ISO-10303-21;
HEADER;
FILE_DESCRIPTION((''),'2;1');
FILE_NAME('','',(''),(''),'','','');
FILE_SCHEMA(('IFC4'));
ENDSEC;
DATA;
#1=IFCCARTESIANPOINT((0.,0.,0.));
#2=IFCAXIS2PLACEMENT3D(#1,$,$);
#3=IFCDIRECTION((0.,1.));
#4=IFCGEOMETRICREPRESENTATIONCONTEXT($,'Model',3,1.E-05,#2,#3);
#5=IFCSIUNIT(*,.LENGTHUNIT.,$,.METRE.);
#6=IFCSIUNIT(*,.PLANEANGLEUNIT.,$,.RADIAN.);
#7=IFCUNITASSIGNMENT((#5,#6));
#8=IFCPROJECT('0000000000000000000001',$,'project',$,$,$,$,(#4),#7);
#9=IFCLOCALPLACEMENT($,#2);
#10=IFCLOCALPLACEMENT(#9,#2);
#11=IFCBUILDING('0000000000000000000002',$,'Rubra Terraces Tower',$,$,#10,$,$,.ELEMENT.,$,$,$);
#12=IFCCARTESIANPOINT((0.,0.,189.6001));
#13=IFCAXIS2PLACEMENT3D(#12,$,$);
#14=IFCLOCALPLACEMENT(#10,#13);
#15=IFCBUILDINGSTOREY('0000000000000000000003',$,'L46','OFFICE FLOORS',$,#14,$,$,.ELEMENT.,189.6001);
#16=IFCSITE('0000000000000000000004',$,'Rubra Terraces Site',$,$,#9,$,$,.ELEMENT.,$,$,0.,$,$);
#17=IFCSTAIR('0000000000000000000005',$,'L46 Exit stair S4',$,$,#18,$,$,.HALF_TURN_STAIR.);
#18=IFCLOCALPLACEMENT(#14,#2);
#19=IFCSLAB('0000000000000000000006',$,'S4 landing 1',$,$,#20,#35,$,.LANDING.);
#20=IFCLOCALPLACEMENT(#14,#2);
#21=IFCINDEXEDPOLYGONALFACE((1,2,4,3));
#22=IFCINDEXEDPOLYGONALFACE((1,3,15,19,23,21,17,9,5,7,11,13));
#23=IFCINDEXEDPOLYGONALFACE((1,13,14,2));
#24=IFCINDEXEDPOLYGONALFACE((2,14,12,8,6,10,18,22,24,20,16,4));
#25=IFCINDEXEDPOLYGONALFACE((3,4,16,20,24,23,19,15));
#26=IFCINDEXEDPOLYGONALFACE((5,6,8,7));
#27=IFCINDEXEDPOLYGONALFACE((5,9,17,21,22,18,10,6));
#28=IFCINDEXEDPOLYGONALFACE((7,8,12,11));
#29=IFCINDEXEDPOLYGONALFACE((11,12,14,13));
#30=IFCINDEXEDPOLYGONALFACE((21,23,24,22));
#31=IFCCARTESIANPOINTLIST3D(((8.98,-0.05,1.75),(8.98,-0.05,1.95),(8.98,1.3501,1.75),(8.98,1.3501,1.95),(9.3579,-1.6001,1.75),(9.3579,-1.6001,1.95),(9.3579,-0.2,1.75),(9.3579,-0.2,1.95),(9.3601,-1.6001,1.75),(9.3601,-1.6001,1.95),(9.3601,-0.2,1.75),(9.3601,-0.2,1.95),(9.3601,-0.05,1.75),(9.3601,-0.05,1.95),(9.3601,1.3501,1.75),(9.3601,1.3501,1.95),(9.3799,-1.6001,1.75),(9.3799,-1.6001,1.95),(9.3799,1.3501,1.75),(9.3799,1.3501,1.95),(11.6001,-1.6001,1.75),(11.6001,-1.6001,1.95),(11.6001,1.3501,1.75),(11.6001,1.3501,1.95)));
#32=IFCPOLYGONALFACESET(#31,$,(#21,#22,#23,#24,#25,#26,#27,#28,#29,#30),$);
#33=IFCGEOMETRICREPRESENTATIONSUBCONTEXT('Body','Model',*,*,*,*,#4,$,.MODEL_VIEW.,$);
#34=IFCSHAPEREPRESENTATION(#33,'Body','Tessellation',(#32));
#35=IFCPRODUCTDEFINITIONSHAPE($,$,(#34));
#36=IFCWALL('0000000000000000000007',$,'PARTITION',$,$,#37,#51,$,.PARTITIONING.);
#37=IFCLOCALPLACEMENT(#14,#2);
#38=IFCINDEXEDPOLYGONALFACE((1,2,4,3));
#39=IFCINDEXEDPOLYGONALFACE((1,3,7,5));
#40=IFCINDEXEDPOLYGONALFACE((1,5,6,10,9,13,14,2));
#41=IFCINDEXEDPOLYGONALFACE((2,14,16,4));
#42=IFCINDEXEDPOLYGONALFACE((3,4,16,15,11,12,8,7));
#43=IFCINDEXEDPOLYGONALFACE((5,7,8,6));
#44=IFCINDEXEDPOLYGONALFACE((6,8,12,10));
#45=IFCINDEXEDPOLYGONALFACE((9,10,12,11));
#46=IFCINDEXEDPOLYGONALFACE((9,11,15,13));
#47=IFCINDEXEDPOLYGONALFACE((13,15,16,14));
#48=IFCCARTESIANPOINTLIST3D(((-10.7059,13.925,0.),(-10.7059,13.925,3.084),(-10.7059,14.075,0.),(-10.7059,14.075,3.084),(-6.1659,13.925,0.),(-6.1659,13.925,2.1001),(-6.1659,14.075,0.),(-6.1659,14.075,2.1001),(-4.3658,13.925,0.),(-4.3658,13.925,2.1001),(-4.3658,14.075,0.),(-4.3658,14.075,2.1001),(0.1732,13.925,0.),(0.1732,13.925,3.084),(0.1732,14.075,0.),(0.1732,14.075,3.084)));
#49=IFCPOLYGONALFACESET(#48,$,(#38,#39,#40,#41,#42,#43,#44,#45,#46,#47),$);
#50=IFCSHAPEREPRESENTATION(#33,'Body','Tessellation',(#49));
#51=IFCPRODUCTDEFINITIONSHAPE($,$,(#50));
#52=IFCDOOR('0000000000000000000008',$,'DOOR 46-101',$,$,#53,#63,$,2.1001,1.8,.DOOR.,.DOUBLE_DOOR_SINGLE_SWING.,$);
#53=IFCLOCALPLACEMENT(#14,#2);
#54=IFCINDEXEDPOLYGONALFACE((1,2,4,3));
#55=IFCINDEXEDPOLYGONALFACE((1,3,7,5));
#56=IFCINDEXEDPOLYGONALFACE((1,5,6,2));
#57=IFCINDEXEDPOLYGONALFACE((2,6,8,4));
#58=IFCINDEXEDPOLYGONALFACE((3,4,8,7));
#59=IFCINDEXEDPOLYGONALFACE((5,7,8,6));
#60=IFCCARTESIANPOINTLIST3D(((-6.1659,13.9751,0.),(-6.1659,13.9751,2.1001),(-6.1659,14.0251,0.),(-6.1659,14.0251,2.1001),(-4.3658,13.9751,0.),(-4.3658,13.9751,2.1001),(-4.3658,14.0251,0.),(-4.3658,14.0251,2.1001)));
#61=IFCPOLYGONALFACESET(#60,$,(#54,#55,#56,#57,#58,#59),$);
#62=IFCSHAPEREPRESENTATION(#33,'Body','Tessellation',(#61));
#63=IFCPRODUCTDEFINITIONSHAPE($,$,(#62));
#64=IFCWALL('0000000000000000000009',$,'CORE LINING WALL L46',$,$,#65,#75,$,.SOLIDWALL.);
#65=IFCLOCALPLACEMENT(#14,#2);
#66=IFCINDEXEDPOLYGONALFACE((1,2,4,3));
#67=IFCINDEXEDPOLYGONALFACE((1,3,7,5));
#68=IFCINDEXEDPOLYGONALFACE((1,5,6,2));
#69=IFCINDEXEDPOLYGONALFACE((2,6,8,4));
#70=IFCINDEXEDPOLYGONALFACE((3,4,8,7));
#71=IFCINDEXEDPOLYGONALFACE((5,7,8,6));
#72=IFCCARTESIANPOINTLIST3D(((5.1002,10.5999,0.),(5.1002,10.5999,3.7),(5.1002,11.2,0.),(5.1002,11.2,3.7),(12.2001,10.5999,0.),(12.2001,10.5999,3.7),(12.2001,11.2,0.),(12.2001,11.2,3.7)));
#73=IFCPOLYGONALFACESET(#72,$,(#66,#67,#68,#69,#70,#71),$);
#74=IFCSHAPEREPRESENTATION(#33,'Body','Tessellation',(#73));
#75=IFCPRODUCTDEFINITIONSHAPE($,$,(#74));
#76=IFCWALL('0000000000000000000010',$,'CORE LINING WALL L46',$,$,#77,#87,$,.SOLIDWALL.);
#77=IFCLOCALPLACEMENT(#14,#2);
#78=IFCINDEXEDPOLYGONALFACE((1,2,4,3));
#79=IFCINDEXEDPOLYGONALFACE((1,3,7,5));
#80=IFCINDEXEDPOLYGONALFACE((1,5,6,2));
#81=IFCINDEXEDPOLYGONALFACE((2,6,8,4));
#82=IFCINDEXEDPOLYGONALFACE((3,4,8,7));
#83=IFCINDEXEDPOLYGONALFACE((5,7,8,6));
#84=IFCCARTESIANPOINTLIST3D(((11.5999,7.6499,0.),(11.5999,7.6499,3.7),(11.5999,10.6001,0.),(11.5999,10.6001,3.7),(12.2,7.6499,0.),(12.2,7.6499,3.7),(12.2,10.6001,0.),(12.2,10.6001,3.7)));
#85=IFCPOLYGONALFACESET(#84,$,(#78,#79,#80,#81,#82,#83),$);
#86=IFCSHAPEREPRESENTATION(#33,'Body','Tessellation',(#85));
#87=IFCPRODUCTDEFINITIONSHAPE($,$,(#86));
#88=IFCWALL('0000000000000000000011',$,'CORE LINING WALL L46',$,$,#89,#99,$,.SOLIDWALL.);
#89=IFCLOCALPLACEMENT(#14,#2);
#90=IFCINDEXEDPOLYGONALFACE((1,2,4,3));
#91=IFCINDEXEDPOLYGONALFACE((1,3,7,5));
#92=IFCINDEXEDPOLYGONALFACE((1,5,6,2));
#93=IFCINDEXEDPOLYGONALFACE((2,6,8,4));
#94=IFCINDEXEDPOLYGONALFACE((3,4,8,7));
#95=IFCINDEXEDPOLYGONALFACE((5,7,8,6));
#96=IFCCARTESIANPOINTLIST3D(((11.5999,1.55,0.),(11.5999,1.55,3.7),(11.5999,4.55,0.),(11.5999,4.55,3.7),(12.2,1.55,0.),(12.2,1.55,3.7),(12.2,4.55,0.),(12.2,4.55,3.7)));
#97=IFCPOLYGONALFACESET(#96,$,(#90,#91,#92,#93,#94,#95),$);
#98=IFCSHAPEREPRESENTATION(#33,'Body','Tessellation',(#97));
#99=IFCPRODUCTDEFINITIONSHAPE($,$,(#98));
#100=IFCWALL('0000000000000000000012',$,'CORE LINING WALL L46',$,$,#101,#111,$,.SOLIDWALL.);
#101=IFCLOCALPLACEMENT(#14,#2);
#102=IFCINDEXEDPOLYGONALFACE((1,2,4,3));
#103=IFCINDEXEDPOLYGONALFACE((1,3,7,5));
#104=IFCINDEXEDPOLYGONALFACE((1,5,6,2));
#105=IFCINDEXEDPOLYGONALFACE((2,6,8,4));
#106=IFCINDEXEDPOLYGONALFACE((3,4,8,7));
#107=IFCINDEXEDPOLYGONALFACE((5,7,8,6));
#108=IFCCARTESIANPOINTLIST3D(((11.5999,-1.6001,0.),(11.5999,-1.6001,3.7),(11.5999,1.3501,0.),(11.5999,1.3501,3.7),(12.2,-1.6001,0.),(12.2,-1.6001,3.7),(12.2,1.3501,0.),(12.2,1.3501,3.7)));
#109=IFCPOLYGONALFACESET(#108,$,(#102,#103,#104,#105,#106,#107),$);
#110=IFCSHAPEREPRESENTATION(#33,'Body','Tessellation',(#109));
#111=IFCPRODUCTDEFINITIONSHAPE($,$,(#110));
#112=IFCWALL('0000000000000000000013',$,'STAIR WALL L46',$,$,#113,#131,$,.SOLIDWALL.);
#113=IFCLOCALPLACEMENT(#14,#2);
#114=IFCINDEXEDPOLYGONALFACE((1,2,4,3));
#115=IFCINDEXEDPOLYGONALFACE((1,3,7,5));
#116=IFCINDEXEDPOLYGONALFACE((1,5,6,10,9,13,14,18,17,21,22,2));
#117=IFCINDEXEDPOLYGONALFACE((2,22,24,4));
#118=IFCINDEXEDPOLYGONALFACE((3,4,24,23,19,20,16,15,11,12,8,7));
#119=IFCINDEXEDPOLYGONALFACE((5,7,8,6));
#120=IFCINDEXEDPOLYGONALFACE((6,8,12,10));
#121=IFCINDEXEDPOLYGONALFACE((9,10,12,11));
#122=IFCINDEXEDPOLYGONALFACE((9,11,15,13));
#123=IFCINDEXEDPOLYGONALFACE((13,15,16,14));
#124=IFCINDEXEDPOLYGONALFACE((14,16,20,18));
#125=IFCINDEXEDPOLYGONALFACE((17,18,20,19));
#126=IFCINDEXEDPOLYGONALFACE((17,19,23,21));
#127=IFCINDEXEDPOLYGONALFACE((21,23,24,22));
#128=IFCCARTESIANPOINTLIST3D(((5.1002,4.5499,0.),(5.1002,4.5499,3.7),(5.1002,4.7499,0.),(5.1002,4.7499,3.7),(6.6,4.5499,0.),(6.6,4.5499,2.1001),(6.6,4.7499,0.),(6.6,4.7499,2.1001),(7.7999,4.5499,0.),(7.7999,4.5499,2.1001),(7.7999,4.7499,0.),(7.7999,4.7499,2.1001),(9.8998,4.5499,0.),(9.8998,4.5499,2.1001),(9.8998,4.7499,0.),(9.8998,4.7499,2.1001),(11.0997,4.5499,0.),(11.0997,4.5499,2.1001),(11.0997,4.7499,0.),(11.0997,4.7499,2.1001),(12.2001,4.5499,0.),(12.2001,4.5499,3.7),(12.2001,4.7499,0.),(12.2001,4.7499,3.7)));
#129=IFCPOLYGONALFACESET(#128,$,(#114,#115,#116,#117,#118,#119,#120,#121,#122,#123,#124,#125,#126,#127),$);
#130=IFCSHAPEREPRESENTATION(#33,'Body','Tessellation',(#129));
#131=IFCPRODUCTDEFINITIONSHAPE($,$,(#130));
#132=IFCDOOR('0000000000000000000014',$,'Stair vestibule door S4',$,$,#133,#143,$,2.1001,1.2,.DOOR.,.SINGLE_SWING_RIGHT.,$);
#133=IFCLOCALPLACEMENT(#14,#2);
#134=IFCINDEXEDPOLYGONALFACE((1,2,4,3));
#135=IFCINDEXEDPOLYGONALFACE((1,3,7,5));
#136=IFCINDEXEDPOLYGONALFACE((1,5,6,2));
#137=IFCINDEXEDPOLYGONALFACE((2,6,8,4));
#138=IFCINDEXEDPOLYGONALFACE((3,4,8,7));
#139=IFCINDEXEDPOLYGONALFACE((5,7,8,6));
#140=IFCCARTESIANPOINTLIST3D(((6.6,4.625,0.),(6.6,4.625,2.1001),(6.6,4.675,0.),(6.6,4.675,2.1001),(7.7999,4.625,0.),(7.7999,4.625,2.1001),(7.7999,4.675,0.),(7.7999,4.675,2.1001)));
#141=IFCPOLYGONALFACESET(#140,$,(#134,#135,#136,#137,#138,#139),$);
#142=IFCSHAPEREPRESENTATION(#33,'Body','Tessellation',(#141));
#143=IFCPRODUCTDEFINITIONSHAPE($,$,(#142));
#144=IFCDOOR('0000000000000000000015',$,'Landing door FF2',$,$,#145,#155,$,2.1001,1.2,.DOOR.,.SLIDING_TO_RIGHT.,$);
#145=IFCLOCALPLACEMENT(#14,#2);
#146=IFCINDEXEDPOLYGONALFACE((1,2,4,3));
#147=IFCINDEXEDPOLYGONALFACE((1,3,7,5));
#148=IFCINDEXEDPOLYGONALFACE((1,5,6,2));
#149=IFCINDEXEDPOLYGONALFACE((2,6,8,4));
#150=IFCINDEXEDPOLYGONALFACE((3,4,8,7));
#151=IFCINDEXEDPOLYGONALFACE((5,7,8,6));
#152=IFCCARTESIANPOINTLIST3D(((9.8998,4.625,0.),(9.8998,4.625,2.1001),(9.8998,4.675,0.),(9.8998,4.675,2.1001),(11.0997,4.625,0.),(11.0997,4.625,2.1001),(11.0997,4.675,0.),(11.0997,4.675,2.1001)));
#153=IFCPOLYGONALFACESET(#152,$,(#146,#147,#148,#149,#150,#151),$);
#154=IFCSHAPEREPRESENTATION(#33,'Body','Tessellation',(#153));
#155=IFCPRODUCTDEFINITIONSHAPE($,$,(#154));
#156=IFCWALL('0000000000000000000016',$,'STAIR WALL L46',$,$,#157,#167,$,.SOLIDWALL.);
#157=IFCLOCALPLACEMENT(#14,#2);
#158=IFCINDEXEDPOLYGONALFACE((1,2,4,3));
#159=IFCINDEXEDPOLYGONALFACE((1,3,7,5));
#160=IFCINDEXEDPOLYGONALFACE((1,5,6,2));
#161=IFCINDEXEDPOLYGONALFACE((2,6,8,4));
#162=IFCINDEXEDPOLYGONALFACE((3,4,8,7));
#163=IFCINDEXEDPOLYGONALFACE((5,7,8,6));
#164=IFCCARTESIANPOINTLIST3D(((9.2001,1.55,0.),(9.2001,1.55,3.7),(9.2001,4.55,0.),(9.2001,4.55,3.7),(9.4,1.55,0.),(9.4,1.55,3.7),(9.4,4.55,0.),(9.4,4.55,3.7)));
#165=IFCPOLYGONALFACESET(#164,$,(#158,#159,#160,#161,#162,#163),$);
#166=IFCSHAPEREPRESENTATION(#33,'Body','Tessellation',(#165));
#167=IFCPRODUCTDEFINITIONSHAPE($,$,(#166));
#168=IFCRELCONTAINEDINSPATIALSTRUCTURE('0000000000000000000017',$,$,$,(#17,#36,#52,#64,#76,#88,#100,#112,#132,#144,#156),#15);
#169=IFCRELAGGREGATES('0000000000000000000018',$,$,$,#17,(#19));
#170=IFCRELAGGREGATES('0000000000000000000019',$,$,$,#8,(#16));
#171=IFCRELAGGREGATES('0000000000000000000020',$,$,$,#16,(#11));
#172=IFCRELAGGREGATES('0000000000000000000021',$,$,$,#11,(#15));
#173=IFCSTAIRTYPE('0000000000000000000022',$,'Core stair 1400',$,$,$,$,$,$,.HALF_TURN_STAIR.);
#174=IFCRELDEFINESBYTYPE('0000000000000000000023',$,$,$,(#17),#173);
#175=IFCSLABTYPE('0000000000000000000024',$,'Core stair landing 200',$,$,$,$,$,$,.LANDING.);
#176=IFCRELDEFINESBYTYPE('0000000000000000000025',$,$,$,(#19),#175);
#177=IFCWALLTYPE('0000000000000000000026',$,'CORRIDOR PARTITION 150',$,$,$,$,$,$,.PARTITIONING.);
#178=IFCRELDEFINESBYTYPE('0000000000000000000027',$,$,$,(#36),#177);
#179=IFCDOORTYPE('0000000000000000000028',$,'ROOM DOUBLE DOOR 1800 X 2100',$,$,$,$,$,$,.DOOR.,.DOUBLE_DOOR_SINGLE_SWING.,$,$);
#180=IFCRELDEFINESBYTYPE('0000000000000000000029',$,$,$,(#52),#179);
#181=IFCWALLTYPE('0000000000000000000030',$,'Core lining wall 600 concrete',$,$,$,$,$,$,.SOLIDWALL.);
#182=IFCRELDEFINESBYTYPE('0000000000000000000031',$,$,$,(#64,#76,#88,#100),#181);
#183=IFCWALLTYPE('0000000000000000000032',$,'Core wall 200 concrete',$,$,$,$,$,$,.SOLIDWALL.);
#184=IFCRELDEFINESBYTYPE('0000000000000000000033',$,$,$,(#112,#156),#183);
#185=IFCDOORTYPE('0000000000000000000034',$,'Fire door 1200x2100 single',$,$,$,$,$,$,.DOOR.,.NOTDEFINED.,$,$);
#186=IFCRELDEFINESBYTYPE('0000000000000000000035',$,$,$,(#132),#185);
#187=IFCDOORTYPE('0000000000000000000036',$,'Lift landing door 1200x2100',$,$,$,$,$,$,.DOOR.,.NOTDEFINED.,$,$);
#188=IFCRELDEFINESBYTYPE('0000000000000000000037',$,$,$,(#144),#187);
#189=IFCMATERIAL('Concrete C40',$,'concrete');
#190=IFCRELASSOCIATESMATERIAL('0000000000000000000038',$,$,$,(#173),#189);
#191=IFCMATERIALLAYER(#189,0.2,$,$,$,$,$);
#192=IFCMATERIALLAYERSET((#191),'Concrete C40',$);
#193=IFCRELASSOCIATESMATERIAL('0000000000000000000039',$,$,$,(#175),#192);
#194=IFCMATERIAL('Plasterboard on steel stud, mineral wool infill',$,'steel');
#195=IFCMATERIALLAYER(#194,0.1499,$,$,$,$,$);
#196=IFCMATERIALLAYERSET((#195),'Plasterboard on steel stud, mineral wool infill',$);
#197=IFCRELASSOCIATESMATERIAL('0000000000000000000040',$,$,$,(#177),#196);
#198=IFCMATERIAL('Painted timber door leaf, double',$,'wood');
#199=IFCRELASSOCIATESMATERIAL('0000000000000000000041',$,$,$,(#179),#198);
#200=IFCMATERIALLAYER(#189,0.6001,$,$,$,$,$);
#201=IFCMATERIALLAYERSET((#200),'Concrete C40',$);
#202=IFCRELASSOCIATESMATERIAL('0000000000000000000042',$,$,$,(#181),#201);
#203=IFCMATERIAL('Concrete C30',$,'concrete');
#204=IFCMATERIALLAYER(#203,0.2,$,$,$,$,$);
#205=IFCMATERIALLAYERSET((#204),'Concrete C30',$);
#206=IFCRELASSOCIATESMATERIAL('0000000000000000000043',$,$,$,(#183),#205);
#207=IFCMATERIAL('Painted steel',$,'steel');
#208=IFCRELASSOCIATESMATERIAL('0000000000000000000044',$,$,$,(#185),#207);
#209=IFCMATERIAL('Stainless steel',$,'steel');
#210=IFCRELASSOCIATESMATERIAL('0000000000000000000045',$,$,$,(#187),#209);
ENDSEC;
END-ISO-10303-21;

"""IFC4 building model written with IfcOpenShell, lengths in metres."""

from ifc_helpers import new_model, si_unit, direction, frame, frame_2d, origin, place, context, subcontext, project, spatial, polyline, rectangle, outline, extrude, material, layer, layer_set, type_object, element, fill, aggregate, save


model = new_model("IFC4")

# Units and contexts
model_context = context("Model", 3, precision=1e-05, world=origin(), true_north=direction((0.0, 1.0)))
body_context = subcontext(model_context, "Body", "Model", "MODEL_VIEW")
ifc_project = project(units=[si_unit("LENGTHUNIT", "METRE"), si_unit("PLANEANGLEUNIT", "RADIAN")], contexts=[model_context])

# Site, building, storey
site_placement = place(None, origin())
site = spatial("IfcSite", under=ifc_project, at=site_placement, Name="Rubra Terraces Site", CompositionType="ELEMENT", RefElevation=0.0)
building_placement = place(site_placement, origin())
building = spatial("IfcBuilding", under=site, at=building_placement, Name="Rubra Terraces Tower", CompositionType="ELEMENT")
storey_placement = place(building_placement, frame((0.0, 0.0, 189.6001)))
storey = spatial("IfcBuildingStorey", under=building, at=storey_placement, Name="L46", Description="OFFICE FLOORS", CompositionType="ELEMENT", Elevation=189.6001)

# Stair, slab
ifc_material_1 = material(Name="Concrete C40", Category="concrete")
stair_type = type_object("IfcStairType", Name="Core stair 1400", PredefinedType="HALF_TURN_STAIR", material=ifc_material_1)
stair_1_placement = place(storey_placement, origin())
stair_1 = element("IfcStair", 1, at=stair_1_placement, inside=storey, type_object=stair_type, Name="L46 Exit stair S4", PredefinedType="HALF_TURN_STAIR")
ifc_layer_1 = layer(ifc_material_1, 0.2)
ifc_layer_set_1 = layer_set([ifc_layer_1], Name="Concrete C40")
slab_type = type_object("IfcSlabType", Name="Core stair landing 200", PredefinedType="LANDING", material=ifc_layer_set_1)
slab_placement = place(storey_placement, frame((0.0, 0.0, 1.75)))
slab = element("IfcSlab", 2, at=slab_placement, type_object=slab_type, Name="S4 landing 1", PredefinedType="LANDING", context=body_context, shape_type="SweptSolid", body=[
    extrude(outline(polyline([(9.3601, -0.2), (9.3601, -0.05), (8.98, -0.05), (8.98, 1.3501), (9.3601, 1.3501), (9.3799, 1.3501), (11.6001, 1.3501), (11.6001, -1.6001), (9.3799, -1.6001), (9.3601, -1.6001), (9.3579, -1.6001), (9.3579, -0.2), (9.3601, -0.2)])), origin(), (0.0, 0.0, 1.0), 0.2),
])

# Wall, opening, door
ifc_material_2 = material(Name="Plasterboard on steel stud, mineral wool infill", Category="steel")
ifc_layer_2 = layer(ifc_material_2, 0.1499)
ifc_layer_set_2 = layer_set([ifc_layer_2], Name="Plasterboard on steel stud, mineral wool infill")
wall_type_1 = type_object("IfcWallType", Name="CORRIDOR PARTITION 150", PredefinedType="PARTITIONING", material=ifc_layer_set_2)
wall_1_placement = place(storey_placement, frame((0.1731, 14.0, 0.0), z_axis=(0.0, 0.0, 1.0), x_axis=(-1.0, 0.0, 0.0)))
wall_1 = element("IfcWall", 3, at=wall_1_placement, inside=storey, type_object=wall_type_1, Name="PARTITION", PredefinedType="PARTITIONING", context=body_context, shape_type="SweptSolid", body=[
    extrude(rectangle(XDim=10.8792, YDim=0.1499, at=frame_2d((5.4395, 0.0))), origin(), (0.0, 0.0, 1.0), 3.084),
])
opening_1_placement = place(wall_1_placement, frame((4.5391, 0.0, 0.0)))
opening_1 = element("IfcOpeningElement", 4, at=opening_1_placement, cuts=wall_1, PredefinedType="OPENING", context=body_context, shape_type="SweptSolid", body=[
    extrude(rectangle(XDim=1.8, YDim=2.1001, at=frame_2d((0.8999, 1.05))), frame((0.0, 0.085, 0.0), z_axis=(0.0, -1.0, 0.0), x_axis=(1.0, 0.0, 0.0)), (0.0, 0.0, 1.0), 0.1699),
])
ifc_material_3 = material(Name="Painted timber door leaf, double", Category="wood")
door_type_1 = type_object("IfcDoorType", Name="ROOM DOUBLE DOOR 1800 X 2100", OperationType="DOUBLE_DOOR_SINGLE_SWING", PredefinedType="DOOR", material=ifc_material_3)
door_1_placement = place(opening_1_placement, origin())
door_1 = element("IfcDoor", 5, at=door_1_placement, inside=storey, type_object=door_type_1, Name="DOOR 46-101", OperationType="DOUBLE_DOOR_SINGLE_SWING", OverallHeight=2.1001, OverallWidth=1.8, PredefinedType="DOOR", context=body_context, shape_type="SweptSolid", body=[
    extrude(rectangle(XDim=1.8, YDim=2.1001, at=frame_2d((0.8999, 1.05))), frame((0.0, 0.0249, 0.0), z_axis=(0.0, -1.0, 0.0), x_axis=(1.0, 0.0, 0.0)), (0.0, 0.0, 1.0), 0.05),
])
fill(opening_1, door_1)

# Walls
ifc_layer_3 = layer(ifc_material_1, 0.6001)
ifc_layer_set_3 = layer_set([ifc_layer_3], Name="Concrete C40")
wall_type_2 = type_object("IfcWallType", Name="Core lining wall 600 concrete", PredefinedType="SOLIDWALL", material=ifc_layer_set_3)
wall_2_placement = place(storey_placement, frame((12.2, 10.8999, 0.0), z_axis=(0.0, 0.0, 1.0), x_axis=(-1.0, 0.0, 0.0)))
element("IfcWall", 6, at=wall_2_placement, inside=storey, type_object=wall_type_2, Name="CORE LINING WALL L46", PredefinedType="SOLIDWALL", context=body_context, shape_type="SweptSolid", body=[
    extrude(rectangle(XDim=7.0999, YDim=0.6001, at=frame_2d((3.5498, 0.0))), origin(), (0.0, 0.0, 1.0), 3.7),
])
wall_3_placement = place(storey_placement, frame((11.8999, 10.6001, 0.0), z_axis=(0.0, 0.0, 1.0), x_axis=(0.0, -1.0, 0.0)))
element("IfcWall", 7, at=wall_3_placement, inside=storey, type_object=wall_type_2, Name="CORE LINING WALL L46", PredefinedType="SOLIDWALL", context=body_context, shape_type="SweptSolid", body=[
    extrude(rectangle(XDim=2.9502, YDim=0.6001, at=frame_2d((1.4751, 0.0))), origin(), (0.0, 0.0, 1.0), 3.7),
])
wall_4_placement = place(storey_placement, frame((11.8999, 4.55, 0.0), z_axis=(0.0, 0.0, 1.0), x_axis=(0.0, -1.0, 0.0)))
element("IfcWall", 8, at=wall_4_placement, inside=storey, type_object=wall_type_2, Name="CORE LINING WALL L46", PredefinedType="SOLIDWALL", context=body_context, shape_type="SweptSolid", body=[
    extrude(rectangle(XDim=3.0, YDim=0.6001, at=frame_2d((1.5, 0.0))), origin(), (0.0, 0.0, 1.0), 3.7),
])
wall_5_placement = place(storey_placement, frame((11.8999, 1.3501, 0.0), z_axis=(0.0, 0.0, 1.0), x_axis=(0.0, -1.0, 0.0)))
element("IfcWall", 9, at=wall_5_placement, inside=storey, type_object=wall_type_2, Name="CORE LINING WALL L46", PredefinedType="SOLIDWALL", context=body_context, shape_type="SweptSolid", body=[
    extrude(rectangle(XDim=2.9502, YDim=0.6001, at=frame_2d((1.4751, 0.0))), origin(), (0.0, 0.0, 1.0), 3.7),
])

# Wall, openings, doors
ifc_material_4 = material(Name="Concrete C30", Category="concrete")
ifc_layer_4 = layer(ifc_material_4, 0.2)
ifc_layer_set_4 = layer_set([ifc_layer_4], Name="Concrete C30")
wall_type_3 = type_object("IfcWallType", Name="Core wall 200 concrete", PredefinedType="SOLIDWALL", material=ifc_layer_set_4)
wall_6_placement = place(storey_placement, frame((12.2, 4.6499, 0.0), z_axis=(0.0, 0.0, 1.0), x_axis=(-1.0, 0.0, 0.0)))
wall_6 = element("IfcWall", 10, at=wall_6_placement, inside=storey, type_object=wall_type_3, Name="STAIR WALL L46", PredefinedType="SOLIDWALL", context=body_context, shape_type="SweptSolid", body=[
    extrude(rectangle(XDim=7.0999, YDim=0.2, at=frame_2d((3.5498, 0.0))), origin(), (0.0, 0.0, 1.0), 3.7),
])
opening_2_placement = place(wall_6_placement, frame((4.3999, 0.0, 0.0)))
opening_2 = element("IfcOpeningElement", 11, at=opening_2_placement, cuts=wall_6, PredefinedType="OPENING", context=body_context, shape_type="SweptSolid", body=[
    extrude(rectangle(XDim=1.2, YDim=2.1001, at=frame_2d((0.6001, 1.05))), frame((0.0, 0.1099, 0.0), z_axis=(0.0, -1.0, 0.0), x_axis=(1.0, 0.0, 0.0)), (0.0, 0.0, 1.0), 0.22),
])
opening_3_placement = place(wall_6_placement, frame((1.1001, 0.0, 0.0)))
opening_3 = element("IfcOpeningElement", 12, at=opening_3_placement, cuts=wall_6, PredefinedType="OPENING", context=body_context, shape_type="SweptSolid", body=[
    extrude(rectangle(XDim=1.2, YDim=2.1001, at=frame_2d((0.6001, 1.05))), frame((0.0, 0.1099, 0.0), z_axis=(0.0, -1.0, 0.0), x_axis=(1.0, 0.0, 0.0)), (0.0, 0.0, 1.0), 0.22),
])
ifc_material_5 = material(Name="Painted steel", Category="steel")
door_type_2 = type_object("IfcDoorType", Name="Fire door 1200x2100 single", OperationType="NOTDEFINED", PredefinedType="DOOR", material=ifc_material_5)
door_2_placement = place(opening_2_placement, origin())
door_2 = element("IfcDoor", 13, at=door_2_placement, inside=storey, type_object=door_type_2, Name="Stair vestibule door S4", OperationType="SINGLE_SWING_RIGHT", OverallHeight=2.1001, OverallWidth=1.2, PredefinedType="DOOR", context=body_context, shape_type="SweptSolid", body=[
    extrude(rectangle(XDim=1.2, YDim=2.1001, at=frame_2d((0.6001, 1.05))), frame((0.0, 0.0249, 0.0), z_axis=(0.0, -1.0, 0.0), x_axis=(1.0, 0.0, 0.0)), (0.0, 0.0, 1.0), 0.05),
])
fill(opening_2, door_2)
ifc_material_6 = material(Name="Stainless steel", Category="steel")
door_type_3 = type_object("IfcDoorType", Name="Lift landing door 1200x2100", OperationType="NOTDEFINED", PredefinedType="DOOR", material=ifc_material_6)
door_3_placement = place(opening_3_placement, origin())
door_3 = element("IfcDoor", 14, at=door_3_placement, inside=storey, type_object=door_type_3, Name="Landing door FF2", OperationType="SLIDING_TO_RIGHT", OverallHeight=2.1001, OverallWidth=1.2, PredefinedType="DOOR", context=body_context, shape_type="SweptSolid", body=[
    extrude(rectangle(XDim=1.2, YDim=2.1001, at=frame_2d((0.6001, 1.05))), frame((0.0, 0.0249, 0.0), z_axis=(0.0, -1.0, 0.0), x_axis=(1.0, 0.0, 0.0)), (0.0, 0.0, 1.0), 0.05),
])
fill(opening_3, door_3)

# Wall
wall_7_placement = place(storey_placement, frame((9.3, 4.55, 0.0), z_axis=(0.0, 0.0, 1.0), x_axis=(0.0, -1.0, 0.0)))
element("IfcWall", 15, at=wall_7_placement, inside=storey, type_object=wall_type_3, Name="STAIR WALL L46", PredefinedType="SOLIDWALL", context=body_context, shape_type="SweptSolid", body=[
    extrude(rectangle(XDim=3.0, YDim=0.2, at=frame_2d((1.5, 0.0))), origin(), (0.0, 0.0, 1.0), 3.7),
])

aggregate(stair_1, [slab])

save(model, "model.ifc")
